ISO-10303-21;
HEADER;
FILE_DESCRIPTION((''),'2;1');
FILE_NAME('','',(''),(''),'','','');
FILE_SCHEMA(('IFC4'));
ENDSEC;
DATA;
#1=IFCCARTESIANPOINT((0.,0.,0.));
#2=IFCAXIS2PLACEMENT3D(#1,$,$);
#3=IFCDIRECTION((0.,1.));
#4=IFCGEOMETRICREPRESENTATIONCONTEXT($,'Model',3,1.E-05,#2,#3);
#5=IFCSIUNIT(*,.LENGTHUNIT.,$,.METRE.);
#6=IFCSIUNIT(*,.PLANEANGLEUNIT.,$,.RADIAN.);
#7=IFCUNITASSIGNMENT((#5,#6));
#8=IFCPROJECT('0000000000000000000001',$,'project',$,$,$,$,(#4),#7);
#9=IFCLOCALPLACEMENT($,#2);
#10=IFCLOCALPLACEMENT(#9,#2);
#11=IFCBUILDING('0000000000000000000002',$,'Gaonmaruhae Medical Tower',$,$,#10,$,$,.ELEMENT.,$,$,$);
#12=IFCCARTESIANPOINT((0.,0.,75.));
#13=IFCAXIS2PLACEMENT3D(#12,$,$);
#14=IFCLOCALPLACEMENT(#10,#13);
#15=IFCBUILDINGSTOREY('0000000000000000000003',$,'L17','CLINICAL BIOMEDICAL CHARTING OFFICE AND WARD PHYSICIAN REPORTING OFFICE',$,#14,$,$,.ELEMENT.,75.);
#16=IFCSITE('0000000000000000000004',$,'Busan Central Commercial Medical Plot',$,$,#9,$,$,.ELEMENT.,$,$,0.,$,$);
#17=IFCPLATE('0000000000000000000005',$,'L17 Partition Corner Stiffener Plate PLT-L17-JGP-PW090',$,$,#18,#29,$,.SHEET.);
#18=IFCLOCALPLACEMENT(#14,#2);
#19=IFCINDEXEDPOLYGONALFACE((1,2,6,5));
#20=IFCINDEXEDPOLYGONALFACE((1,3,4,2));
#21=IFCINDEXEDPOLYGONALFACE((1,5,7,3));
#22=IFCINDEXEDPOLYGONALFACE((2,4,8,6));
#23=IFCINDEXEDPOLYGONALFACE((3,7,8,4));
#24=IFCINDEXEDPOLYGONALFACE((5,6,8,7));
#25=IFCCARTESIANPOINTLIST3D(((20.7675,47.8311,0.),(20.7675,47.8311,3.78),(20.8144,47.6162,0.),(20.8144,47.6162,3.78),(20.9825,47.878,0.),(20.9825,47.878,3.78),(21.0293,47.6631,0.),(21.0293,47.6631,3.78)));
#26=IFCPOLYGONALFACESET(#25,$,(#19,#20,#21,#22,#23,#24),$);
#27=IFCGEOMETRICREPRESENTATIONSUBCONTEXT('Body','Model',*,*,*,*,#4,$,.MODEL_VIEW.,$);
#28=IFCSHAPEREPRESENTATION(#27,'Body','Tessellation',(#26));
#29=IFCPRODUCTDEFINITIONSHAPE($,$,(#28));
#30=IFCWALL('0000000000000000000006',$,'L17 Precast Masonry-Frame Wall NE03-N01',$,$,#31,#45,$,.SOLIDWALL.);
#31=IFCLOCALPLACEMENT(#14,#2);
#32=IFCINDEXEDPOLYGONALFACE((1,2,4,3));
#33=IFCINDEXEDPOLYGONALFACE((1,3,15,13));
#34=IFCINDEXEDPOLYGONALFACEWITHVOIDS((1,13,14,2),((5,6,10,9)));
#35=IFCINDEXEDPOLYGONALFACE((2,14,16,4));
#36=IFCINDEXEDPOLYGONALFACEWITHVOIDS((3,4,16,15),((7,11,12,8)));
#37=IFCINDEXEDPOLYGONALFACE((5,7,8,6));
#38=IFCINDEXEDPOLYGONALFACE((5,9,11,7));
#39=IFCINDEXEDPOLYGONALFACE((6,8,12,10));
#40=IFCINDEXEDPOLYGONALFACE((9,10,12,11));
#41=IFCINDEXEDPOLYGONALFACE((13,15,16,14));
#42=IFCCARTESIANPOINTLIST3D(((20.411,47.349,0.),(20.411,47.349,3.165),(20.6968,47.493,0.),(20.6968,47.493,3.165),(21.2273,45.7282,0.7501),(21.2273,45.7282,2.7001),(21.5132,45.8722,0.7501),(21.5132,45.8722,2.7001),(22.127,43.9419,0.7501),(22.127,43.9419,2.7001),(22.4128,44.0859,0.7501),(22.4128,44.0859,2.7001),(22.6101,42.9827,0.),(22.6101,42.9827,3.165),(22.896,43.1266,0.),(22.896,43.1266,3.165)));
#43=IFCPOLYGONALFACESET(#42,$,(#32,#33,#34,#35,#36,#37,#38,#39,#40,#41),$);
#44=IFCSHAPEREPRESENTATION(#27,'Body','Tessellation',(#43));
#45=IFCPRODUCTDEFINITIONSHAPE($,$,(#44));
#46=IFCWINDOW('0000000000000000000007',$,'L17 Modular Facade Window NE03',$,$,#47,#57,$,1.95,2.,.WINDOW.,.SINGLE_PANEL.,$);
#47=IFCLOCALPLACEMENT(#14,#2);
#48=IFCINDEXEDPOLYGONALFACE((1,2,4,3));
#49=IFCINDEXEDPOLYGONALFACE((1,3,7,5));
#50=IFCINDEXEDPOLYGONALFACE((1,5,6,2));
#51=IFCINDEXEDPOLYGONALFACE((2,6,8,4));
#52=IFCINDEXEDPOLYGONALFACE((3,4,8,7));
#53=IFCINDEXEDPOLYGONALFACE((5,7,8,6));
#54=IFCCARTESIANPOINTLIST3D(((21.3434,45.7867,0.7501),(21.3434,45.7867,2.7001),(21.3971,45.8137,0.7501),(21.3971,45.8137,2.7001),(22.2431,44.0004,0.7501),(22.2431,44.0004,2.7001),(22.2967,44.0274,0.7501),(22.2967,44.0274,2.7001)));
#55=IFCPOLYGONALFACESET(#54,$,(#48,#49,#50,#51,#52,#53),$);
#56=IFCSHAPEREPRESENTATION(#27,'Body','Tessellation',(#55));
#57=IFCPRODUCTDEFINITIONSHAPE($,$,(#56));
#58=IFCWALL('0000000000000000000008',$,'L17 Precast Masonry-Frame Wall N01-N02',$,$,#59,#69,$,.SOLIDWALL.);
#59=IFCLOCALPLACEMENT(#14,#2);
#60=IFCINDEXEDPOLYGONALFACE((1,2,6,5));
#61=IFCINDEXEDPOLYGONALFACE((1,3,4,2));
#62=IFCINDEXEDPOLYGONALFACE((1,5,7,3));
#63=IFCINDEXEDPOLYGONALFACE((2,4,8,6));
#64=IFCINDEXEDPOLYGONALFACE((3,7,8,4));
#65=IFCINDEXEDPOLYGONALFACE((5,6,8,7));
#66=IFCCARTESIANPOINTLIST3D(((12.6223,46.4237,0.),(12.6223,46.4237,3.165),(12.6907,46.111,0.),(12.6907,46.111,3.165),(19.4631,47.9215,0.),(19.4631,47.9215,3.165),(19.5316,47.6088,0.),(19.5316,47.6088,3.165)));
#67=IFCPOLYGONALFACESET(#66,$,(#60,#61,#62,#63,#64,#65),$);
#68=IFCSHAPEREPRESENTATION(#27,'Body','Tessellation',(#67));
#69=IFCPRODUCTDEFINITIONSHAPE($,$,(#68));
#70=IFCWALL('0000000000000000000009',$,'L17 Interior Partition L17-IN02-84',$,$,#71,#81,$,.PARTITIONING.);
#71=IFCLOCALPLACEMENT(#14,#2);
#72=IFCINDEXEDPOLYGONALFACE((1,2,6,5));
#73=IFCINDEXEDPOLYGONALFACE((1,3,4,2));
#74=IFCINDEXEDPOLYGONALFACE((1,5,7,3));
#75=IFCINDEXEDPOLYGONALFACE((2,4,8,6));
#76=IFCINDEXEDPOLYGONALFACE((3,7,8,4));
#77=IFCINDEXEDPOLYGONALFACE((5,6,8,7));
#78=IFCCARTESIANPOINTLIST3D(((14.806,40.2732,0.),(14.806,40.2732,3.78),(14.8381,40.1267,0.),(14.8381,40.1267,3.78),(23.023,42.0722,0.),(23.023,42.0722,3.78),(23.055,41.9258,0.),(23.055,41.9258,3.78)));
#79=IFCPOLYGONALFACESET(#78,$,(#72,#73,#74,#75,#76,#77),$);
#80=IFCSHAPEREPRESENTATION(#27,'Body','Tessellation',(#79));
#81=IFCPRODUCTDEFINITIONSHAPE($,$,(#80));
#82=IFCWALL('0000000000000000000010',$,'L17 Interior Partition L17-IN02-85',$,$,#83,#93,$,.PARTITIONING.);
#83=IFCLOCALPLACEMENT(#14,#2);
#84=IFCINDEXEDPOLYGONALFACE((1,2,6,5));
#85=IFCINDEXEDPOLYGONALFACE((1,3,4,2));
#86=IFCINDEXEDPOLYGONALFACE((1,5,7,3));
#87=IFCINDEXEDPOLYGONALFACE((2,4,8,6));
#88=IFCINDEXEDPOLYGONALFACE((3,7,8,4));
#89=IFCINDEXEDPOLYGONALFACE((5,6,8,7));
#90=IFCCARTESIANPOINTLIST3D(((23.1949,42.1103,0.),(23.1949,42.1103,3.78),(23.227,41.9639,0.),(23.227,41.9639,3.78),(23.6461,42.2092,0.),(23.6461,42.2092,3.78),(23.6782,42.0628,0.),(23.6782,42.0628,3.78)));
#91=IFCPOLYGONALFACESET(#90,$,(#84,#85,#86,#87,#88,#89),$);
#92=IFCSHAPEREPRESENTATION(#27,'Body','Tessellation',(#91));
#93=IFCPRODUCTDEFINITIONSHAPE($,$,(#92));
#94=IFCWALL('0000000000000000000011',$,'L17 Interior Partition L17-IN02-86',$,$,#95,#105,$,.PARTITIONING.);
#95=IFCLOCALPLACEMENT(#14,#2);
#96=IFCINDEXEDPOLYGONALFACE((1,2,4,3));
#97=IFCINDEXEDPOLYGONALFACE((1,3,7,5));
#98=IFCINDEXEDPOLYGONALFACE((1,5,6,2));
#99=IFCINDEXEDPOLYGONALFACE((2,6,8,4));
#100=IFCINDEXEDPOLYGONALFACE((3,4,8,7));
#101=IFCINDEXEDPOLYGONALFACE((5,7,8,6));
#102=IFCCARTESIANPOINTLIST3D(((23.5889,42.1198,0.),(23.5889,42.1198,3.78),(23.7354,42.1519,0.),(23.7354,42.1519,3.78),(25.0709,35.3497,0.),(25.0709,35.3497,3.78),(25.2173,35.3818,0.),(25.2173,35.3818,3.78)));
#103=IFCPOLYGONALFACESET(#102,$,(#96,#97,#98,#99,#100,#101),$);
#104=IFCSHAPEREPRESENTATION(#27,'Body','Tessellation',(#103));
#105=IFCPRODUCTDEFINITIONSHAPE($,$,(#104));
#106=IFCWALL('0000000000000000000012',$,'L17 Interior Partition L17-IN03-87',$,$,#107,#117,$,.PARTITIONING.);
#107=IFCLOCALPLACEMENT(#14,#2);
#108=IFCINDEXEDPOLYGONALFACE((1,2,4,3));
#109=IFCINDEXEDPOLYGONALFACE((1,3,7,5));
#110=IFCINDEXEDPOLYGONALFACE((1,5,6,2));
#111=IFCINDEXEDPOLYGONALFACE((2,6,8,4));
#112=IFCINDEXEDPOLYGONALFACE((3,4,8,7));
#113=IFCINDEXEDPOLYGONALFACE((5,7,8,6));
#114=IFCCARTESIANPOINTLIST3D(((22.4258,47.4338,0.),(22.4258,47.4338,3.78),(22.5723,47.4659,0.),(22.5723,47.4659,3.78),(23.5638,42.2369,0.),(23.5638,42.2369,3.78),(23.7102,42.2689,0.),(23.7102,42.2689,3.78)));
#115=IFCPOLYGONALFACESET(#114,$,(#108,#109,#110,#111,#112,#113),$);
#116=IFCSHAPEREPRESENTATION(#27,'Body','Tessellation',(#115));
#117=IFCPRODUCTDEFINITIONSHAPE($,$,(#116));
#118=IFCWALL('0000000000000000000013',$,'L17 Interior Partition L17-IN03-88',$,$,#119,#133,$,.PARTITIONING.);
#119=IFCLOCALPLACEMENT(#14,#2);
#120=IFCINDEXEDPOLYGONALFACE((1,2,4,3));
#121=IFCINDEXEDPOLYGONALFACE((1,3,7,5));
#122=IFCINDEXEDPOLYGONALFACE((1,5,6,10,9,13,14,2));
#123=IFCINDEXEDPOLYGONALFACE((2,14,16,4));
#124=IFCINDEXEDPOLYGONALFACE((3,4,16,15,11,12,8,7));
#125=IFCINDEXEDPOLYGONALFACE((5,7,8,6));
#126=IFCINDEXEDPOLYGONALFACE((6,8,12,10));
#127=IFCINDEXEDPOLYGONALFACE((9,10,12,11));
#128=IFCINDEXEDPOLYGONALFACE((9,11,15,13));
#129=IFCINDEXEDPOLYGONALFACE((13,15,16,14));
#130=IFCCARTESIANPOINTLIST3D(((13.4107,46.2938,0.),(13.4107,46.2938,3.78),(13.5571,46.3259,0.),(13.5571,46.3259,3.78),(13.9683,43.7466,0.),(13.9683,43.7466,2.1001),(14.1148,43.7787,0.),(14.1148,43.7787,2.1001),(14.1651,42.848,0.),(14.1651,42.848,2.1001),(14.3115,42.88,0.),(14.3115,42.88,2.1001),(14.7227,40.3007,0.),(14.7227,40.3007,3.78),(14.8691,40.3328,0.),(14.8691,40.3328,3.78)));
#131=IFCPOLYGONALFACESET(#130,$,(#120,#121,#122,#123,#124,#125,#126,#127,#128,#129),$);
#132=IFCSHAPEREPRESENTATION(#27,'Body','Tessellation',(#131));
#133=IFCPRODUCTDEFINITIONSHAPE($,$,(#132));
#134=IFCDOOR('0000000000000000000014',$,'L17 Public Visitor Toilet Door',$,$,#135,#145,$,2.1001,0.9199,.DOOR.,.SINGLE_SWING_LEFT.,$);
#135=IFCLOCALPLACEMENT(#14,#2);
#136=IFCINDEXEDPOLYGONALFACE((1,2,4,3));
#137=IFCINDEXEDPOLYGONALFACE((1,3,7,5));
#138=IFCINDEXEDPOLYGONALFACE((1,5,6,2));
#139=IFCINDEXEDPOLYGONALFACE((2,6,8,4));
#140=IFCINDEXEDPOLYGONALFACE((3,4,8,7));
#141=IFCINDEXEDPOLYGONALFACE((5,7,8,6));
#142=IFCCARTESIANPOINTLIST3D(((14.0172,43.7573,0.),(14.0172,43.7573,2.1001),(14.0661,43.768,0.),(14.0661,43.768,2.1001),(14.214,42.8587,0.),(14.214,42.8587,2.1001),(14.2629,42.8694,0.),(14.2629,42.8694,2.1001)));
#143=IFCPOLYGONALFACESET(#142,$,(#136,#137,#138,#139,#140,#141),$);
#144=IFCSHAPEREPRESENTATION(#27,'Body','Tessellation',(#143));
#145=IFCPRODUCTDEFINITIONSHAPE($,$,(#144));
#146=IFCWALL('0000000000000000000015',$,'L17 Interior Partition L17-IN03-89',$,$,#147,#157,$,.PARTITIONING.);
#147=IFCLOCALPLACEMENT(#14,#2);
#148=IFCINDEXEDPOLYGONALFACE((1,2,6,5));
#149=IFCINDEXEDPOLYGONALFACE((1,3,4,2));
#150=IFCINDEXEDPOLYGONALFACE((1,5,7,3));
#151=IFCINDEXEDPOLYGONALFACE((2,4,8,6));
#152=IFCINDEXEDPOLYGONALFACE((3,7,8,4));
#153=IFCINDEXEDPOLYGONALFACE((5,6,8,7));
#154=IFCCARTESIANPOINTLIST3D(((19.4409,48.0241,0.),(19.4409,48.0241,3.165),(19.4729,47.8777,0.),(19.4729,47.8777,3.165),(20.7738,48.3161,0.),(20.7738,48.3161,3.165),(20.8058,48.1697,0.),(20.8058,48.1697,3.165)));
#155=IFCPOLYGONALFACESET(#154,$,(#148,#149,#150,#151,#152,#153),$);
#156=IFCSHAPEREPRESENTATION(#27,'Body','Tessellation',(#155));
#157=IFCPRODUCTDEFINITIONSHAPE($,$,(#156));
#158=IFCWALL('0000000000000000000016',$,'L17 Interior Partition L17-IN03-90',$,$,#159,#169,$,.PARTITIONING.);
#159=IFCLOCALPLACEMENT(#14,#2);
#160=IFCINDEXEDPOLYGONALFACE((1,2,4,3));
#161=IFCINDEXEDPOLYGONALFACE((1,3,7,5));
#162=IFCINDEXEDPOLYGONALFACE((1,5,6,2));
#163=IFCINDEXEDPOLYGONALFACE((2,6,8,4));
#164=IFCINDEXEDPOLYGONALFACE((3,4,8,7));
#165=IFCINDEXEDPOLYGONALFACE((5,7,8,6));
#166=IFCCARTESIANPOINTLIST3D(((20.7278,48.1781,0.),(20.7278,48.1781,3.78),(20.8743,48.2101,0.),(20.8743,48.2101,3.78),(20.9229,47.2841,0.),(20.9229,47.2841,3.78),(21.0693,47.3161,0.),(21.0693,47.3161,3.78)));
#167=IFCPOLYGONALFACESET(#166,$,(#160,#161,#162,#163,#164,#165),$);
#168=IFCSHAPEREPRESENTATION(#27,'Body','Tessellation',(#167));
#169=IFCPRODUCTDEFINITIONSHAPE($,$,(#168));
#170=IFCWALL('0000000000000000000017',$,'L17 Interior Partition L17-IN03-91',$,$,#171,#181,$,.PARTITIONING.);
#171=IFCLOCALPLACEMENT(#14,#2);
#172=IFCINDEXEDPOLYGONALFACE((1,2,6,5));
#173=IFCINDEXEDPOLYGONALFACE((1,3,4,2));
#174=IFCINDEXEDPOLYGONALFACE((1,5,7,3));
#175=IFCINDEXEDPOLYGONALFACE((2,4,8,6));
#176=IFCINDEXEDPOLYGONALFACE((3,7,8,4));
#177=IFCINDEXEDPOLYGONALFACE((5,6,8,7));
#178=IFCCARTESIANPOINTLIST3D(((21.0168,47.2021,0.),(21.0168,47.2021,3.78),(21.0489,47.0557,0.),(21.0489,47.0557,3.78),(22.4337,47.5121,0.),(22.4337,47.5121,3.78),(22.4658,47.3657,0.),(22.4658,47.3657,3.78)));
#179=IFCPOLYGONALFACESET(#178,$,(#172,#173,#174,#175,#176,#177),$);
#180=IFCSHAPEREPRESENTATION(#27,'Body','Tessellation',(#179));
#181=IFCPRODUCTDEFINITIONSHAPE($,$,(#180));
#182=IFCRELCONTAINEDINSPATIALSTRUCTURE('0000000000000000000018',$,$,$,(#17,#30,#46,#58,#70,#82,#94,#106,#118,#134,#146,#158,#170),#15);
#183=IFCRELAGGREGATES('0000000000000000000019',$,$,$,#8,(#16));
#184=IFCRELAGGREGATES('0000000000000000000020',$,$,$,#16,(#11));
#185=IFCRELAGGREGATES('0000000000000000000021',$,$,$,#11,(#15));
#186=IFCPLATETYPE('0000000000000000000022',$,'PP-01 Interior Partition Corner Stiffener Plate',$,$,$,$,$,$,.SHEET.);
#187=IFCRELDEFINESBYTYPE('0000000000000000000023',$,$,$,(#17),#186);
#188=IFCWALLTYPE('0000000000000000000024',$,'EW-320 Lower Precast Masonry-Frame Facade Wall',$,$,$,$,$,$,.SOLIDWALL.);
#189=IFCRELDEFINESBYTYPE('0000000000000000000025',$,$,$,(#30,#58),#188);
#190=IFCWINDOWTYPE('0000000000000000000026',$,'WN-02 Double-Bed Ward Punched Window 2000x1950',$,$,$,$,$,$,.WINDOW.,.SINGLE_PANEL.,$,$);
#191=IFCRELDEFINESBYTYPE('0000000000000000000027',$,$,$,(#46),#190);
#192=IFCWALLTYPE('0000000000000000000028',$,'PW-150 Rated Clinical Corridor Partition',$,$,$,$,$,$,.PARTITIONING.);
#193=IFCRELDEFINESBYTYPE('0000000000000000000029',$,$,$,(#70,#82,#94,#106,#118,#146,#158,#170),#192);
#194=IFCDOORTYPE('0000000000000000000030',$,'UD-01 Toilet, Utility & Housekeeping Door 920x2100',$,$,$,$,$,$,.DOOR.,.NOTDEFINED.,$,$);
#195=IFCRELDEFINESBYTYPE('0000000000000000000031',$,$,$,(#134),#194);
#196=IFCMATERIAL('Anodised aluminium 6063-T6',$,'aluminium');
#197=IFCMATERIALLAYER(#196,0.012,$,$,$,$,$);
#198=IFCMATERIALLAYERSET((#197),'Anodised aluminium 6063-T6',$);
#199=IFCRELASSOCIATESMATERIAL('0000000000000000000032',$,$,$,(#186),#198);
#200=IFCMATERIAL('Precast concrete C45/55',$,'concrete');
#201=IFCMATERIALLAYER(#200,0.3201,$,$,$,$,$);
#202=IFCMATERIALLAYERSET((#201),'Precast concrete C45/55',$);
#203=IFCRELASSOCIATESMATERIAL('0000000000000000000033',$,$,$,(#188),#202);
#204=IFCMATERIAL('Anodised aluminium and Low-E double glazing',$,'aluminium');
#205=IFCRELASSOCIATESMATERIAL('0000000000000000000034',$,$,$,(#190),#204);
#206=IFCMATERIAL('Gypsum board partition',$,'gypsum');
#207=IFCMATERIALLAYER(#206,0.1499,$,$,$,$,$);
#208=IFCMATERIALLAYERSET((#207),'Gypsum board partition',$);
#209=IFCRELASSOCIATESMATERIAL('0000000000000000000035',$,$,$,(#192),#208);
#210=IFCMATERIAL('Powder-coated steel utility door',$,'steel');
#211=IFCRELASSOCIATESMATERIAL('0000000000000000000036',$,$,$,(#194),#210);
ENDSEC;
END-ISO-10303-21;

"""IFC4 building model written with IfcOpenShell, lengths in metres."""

from ifc_helpers import new_model, si_unit, direction, frame, frame_2d, origin, origin_2d, place, context, subcontext, project, spatial, rectangle, extrude, material, layer, layer_set, type_object, element, fill, save


model = new_model("IFC4")

# Units and contexts
model_context = context("Model", 3, precision=1e-05, world=origin(), true_north=direction((0.0, 1.0)))
body_context = subcontext(model_context, "Body", "Model", "MODEL_VIEW")
ifc_project = project(units=[si_unit("LENGTHUNIT", "METRE"), si_unit("PLANEANGLEUNIT", "RADIAN")], contexts=[model_context])

# Site, building, storey
site_placement = place(None, origin())
site = spatial("IfcSite", under=ifc_project, at=site_placement, Name="Busan Central Commercial Medical Plot", CompositionType="ELEMENT", RefElevation=0.0)
building_placement = place(site_placement, origin())
building = spatial("IfcBuilding", under=site, at=building_placement, Name="Gaonmaruhae Medical Tower", CompositionType="ELEMENT")
storey_placement = place(building_placement, frame((0.0, 0.0, 75.0)))
storey = spatial("IfcBuildingStorey", under=building, at=storey_placement, Name="L17", Description="CLINICAL BIOMEDICAL CHARTING OFFICE AND WARD PHYSICIAN REPORTING OFFICE", CompositionType="ELEMENT", Elevation=75.0)

# Plate
ifc_material_1 = material(Name="Anodised aluminium 6063-T6", Category="aluminium")
ifc_layer_1 = layer(ifc_material_1, 0.012)
ifc_layer_set_1 = layer_set([ifc_layer_1], Name="Anodised aluminium 6063-T6")
plate_type_1 = type_object("IfcPlateType", Name="PP-01 Interior Partition Corner Stiffener Plate", PredefinedType="SHEET", material=ifc_layer_set_1)
for number, where, z_axis, x_axis, name in (
    (1, (20.8984, 47.7471, 0.0), (0.0, 0.0, 1.0), (0.213116, -0.977027, 0.0), "L17 Partition Corner Stiffener Plate PLT-L17-JGP-PW090"),
):
    element("IfcPlate", number, at=place(storey_placement, frame(where, z_axis=z_axis, x_axis=x_axis)), inside=storey, type_object=plate_type_1, Name=name, PredefinedType="SHEET", context=body_context, shape_type="SweptSolid", body=[
        extrude(rectangle(XDim=0.22, YDim=0.22, at=origin_2d()), origin(), (0.0, 0.0, 1.0), 3.78),
    ])

# Wall, opening, window
ifc_material_2 = material(Name="Precast concrete C45/55", Category="concrete")
ifc_layer_2 = layer(ifc_material_2, 0.3201)
ifc_layer_set_2 = layer_set([ifc_layer_2], Name="Precast concrete C45/55")
wall_type_1 = type_object("IfcWallType", Name="EW-320 Lower Precast Masonry-Frame Facade Wall", PredefinedType="SOLIDWALL", material=ifc_layer_set_2)
wall_1_placement = place(storey_placement, frame((20.554, 47.4209, 0.0), z_axis=(0.0, 0.0, 1.0), x_axis=(0.449828, -0.893115, 0.0)))
wall_1 = element("IfcWall", 2, at=wall_1_placement, inside=storey, type_object=wall_type_1, Name="L17 Precast Masonry-Frame Wall NE03-N01", PredefinedType="SOLIDWALL", context=body_context, shape_type="SweptSolid", body=[
    extrude(rectangle(XDim=4.8889, YDim=0.3201, at=frame_2d((2.4443, 0.0))), origin(), (0.0, 0.0, 1.0), 3.165),
])
opening_1_placement = place(wall_1_placement, frame((1.8147, 0.0, 0.75)))
opening_1 = element("IfcOpeningElement", 3, at=opening_1_placement, cuts=wall_1, PredefinedType="OPENING", context=body_context, shape_type="SweptSolid", body=[
    extrude(rectangle(XDim=2.0, YDim=1.95, at=frame_2d((1.0, 0.9751))), frame((0.0, 0.1699, 0.0), z_axis=(0.0, -1.0, 0.0), x_axis=(1.0, 0.0, 0.0)), (0.0, 0.0, 1.0), 0.3401),
])
ifc_material_3 = material(Name="Anodised aluminium and Low-E double glazing", Category="aluminium")
window_type = type_object("IfcWindowType", Name="WN-02 Double-Bed Ward Punched Window 2000x1950", PartitioningType="SINGLE_PANEL", PredefinedType="WINDOW", material=ifc_material_3)
window_placement = place(opening_1_placement, origin())
window = element("IfcWindow", 4, at=window_placement, inside=storey, type_object=window_type, Name="L17 Modular Facade Window NE03", OverallHeight=1.95, OverallWidth=2.0, PartitioningType="SINGLE_PANEL", PredefinedType="WINDOW", context=body_context, shape_type="SweptSolid", body=[
    extrude(rectangle(XDim=2.0, YDim=1.95, at=frame_2d((1.0, 0.9751))), frame((0.0, 0.03, 0.0), z_axis=(0.0, -1.0, 0.0), x_axis=(1.0, 0.0, 0.0)), (0.0, 0.0, 1.0), 0.0601),
])
fill(opening_1, window)

# Walls
wall_2_placement = place(storey_placement, frame((12.6565, 46.2673, 0.0), z_axis=(0.0, 0.0, 1.0), x_axis=(0.976859, 0.213884, 0.0)))
element("IfcWall", 5, at=wall_2_placement, inside=storey, type_object=wall_type_1, Name="L17 Precast Masonry-Frame Wall N01-N02", PredefinedType="SOLIDWALL", context=body_context, shape_type="SweptSolid", body=[
    extrude(rectangle(XDim=7.0029, YDim=0.3201, at=frame_2d((3.5015, 0.0))), origin(), (0.0, 0.0, 1.0), 3.165),
])
ifc_material_4 = material(Name="Gypsum board partition", Category="gypsum")
ifc_layer_3 = layer(ifc_material_4, 0.1499)
ifc_layer_set_3 = layer_set([ifc_layer_3], Name="Gypsum board partition")
wall_type_2 = type_object("IfcWallType", Name="PW-150 Rated Clinical Corridor Partition", PredefinedType="PARTITIONING", material=ifc_layer_set_3)
wall_3_placement = place(storey_placement, frame((14.822, 40.2, 0.0), z_axis=(0.0, 0.0, 1.0), x_axis=(0.97686, 0.213878, 0.0)))
element("IfcWall", 6, at=wall_3_placement, inside=storey, type_object=wall_type_2, Name="L17 Interior Partition L17-IN02-84", PredefinedType="PARTITIONING", context=body_context, shape_type="SweptSolid", body=[
    extrude(rectangle(XDim=8.4116, YDim=0.1499, at=frame_2d((4.2058, 0.0))), origin(), (0.0, 0.0, 1.0), 3.78),
])
wall_4_placement = place(storey_placement, frame((23.2109, 42.0371, 0.0), z_axis=(0.0, 0.0, 1.0), x_axis=(0.976817, 0.214075, 0.0)))
element("IfcWall", 7, at=wall_4_placement, inside=storey, type_object=wall_type_2, Name="L17 Interior Partition L17-IN02-85", PredefinedType="PARTITIONING", context=body_context, shape_type="SweptSolid", body=[
    extrude(rectangle(XDim=0.4619, YDim=0.1499, at=frame_2d((0.231, 0.0))), origin(), (0.0, 0.0, 1.0), 3.78),
])
wall_5_placement = place(storey_placement, frame((23.6621, 42.136, 0.0), z_axis=(0.0, 0.0, 1.0), x_axis=(0.213833, -0.97687, 0.0)))
element("IfcWall", 8, at=wall_5_placement, inside=storey, type_object=wall_type_2, Name="L17 Interior Partition L17-IN02-86", PredefinedType="PARTITIONING", context=body_context, shape_type="SweptSolid", body=[
    extrude(rectangle(XDim=6.9304, YDim=0.1499, at=frame_2d((3.4653, 0.0))), origin(), (0.0, 0.0, 1.0), 3.78),
])
wall_6_placement = place(storey_placement, frame((22.499, 47.45, 0.0), z_axis=(0.0, 0.0, 1.0), x_axis=(0.213893, -0.976857, 0.0)))
element("IfcWall", 9, at=wall_6_placement, inside=storey, type_object=wall_type_2, Name="L17 Interior Partition L17-IN03-87", PredefinedType="PARTITIONING", context=body_context, shape_type="SweptSolid", body=[
    extrude(rectangle(XDim=5.3201, YDim=0.1499, at=frame_2d((2.6602, 0.0))), origin(), (0.0, 0.0, 1.0), 3.78),
])

# Wall, opening, door
wall_7_placement = place(storey_placement, frame((14.7959, 40.3169, 0.0), z_axis=(0.0, 0.0, 1.0), x_axis=(-0.213854, 0.976866, 0.0)))
wall_7 = element("IfcWall", 10, at=wall_7_placement, inside=storey, type_object=wall_type_2, Name="L17 Interior Partition L17-IN03-88", PredefinedType="PARTITIONING", context=body_context, shape_type="SweptSolid", body=[
    extrude(rectangle(XDim=6.135, YDim=0.1499, at=frame_2d((3.0674, 0.0))), origin(), (0.0, 0.0, 1.0), 3.78),
])
opening_2_placement = place(wall_7_placement, frame((2.6074, 0.0, 0.0)))
opening_2 = element("IfcOpeningElement", 11, at=opening_2_placement, cuts=wall_7, PredefinedType="OPENING", context=body_context, shape_type="SweptSolid", body=[
    extrude(rectangle(XDim=0.9199, YDim=2.1001, at=frame_2d((0.46, 1.05))), frame((0.0, 0.085, 0.0), z_axis=(0.0, -1.0, 0.0), x_axis=(1.0, 0.0, 0.0)), (0.0, 0.0, 1.0), 0.1699),
])
ifc_material_5 = material(Name="Powder-coated steel utility door", Category="steel")
door_type = type_object("IfcDoorType", Name="UD-01 Toilet, Utility & Housekeeping Door 920x2100", OperationType="NOTDEFINED", PredefinedType="DOOR", material=ifc_material_5)
door_placement = place(opening_2_placement, origin())
door = element("IfcDoor", 12, at=door_placement, inside=storey, type_object=door_type, Name="L17 Public Visitor Toilet Door", OperationType="SINGLE_SWING_LEFT", OverallHeight=2.1001, OverallWidth=0.9199, PredefinedType="DOOR", context=body_context, shape_type="SweptSolid", body=[
    extrude(rectangle(XDim=0.9199, YDim=2.1001, at=frame_2d((0.46, 1.05))), frame((0.0, 0.0249, 0.0), z_axis=(0.0, -1.0, 0.0), x_axis=(1.0, 0.0, 0.0)), (0.0, 0.0, 1.0), 0.05),
])
fill(opening_2, door)

# Walls
wall_8_placement = place(storey_placement, frame((19.457, 47.9509, 0.0), z_axis=(0.0, 0.0, 1.0), x_axis=(0.976839, 0.213974, 0.0)))
element("IfcWall", 13, at=wall_8_placement, inside=storey, type_object=wall_type_2, Name="L17 Interior Partition L17-IN03-89", PredefinedType="PARTITIONING", context=body_context, shape_type="SweptSolid", body=[
    extrude(rectangle(XDim=1.3645, YDim=0.1499, at=frame_2d((0.6821, 0.0))), origin(), (0.0, 0.0, 1.0), 3.165),
])
wall_9_placement = place(storey_placement, frame((20.801, 48.1941, 0.0), z_axis=(0.0, 0.0, 1.0), x_axis=(0.213172, -0.977015, 0.0)))
element("IfcWall", 14, at=wall_9_placement, inside=storey, type_object=wall_type_2, Name="L17 Interior Partition L17-IN03-90", PredefinedType="PARTITIONING", context=body_context, shape_type="SweptSolid", body=[
    extrude(rectangle(XDim=0.915, YDim=0.1499, at=frame_2d((0.4575, 0.0))), origin(), (0.0, 0.0, 1.0), 3.78),
])
wall_10_placement = place(storey_placement, frame((21.033, 47.1289, 0.0), z_axis=(0.0, 0.0, 1.0), x_axis=(0.976887, 0.213757, 0.0)))
element("IfcWall", 15, at=wall_10_placement, inside=storey, type_object=wall_type_2, Name="L17 Interior Partition L17-IN03-91", PredefinedType="PARTITIONING", context=body_context, shape_type="SweptSolid", body=[
    extrude(rectangle(XDim=1.4504, YDim=0.1499, at=frame_2d((0.7251, 0.0))), origin(), (0.0, 0.0, 1.0), 3.78),
])

save(model, "model.ifc")
